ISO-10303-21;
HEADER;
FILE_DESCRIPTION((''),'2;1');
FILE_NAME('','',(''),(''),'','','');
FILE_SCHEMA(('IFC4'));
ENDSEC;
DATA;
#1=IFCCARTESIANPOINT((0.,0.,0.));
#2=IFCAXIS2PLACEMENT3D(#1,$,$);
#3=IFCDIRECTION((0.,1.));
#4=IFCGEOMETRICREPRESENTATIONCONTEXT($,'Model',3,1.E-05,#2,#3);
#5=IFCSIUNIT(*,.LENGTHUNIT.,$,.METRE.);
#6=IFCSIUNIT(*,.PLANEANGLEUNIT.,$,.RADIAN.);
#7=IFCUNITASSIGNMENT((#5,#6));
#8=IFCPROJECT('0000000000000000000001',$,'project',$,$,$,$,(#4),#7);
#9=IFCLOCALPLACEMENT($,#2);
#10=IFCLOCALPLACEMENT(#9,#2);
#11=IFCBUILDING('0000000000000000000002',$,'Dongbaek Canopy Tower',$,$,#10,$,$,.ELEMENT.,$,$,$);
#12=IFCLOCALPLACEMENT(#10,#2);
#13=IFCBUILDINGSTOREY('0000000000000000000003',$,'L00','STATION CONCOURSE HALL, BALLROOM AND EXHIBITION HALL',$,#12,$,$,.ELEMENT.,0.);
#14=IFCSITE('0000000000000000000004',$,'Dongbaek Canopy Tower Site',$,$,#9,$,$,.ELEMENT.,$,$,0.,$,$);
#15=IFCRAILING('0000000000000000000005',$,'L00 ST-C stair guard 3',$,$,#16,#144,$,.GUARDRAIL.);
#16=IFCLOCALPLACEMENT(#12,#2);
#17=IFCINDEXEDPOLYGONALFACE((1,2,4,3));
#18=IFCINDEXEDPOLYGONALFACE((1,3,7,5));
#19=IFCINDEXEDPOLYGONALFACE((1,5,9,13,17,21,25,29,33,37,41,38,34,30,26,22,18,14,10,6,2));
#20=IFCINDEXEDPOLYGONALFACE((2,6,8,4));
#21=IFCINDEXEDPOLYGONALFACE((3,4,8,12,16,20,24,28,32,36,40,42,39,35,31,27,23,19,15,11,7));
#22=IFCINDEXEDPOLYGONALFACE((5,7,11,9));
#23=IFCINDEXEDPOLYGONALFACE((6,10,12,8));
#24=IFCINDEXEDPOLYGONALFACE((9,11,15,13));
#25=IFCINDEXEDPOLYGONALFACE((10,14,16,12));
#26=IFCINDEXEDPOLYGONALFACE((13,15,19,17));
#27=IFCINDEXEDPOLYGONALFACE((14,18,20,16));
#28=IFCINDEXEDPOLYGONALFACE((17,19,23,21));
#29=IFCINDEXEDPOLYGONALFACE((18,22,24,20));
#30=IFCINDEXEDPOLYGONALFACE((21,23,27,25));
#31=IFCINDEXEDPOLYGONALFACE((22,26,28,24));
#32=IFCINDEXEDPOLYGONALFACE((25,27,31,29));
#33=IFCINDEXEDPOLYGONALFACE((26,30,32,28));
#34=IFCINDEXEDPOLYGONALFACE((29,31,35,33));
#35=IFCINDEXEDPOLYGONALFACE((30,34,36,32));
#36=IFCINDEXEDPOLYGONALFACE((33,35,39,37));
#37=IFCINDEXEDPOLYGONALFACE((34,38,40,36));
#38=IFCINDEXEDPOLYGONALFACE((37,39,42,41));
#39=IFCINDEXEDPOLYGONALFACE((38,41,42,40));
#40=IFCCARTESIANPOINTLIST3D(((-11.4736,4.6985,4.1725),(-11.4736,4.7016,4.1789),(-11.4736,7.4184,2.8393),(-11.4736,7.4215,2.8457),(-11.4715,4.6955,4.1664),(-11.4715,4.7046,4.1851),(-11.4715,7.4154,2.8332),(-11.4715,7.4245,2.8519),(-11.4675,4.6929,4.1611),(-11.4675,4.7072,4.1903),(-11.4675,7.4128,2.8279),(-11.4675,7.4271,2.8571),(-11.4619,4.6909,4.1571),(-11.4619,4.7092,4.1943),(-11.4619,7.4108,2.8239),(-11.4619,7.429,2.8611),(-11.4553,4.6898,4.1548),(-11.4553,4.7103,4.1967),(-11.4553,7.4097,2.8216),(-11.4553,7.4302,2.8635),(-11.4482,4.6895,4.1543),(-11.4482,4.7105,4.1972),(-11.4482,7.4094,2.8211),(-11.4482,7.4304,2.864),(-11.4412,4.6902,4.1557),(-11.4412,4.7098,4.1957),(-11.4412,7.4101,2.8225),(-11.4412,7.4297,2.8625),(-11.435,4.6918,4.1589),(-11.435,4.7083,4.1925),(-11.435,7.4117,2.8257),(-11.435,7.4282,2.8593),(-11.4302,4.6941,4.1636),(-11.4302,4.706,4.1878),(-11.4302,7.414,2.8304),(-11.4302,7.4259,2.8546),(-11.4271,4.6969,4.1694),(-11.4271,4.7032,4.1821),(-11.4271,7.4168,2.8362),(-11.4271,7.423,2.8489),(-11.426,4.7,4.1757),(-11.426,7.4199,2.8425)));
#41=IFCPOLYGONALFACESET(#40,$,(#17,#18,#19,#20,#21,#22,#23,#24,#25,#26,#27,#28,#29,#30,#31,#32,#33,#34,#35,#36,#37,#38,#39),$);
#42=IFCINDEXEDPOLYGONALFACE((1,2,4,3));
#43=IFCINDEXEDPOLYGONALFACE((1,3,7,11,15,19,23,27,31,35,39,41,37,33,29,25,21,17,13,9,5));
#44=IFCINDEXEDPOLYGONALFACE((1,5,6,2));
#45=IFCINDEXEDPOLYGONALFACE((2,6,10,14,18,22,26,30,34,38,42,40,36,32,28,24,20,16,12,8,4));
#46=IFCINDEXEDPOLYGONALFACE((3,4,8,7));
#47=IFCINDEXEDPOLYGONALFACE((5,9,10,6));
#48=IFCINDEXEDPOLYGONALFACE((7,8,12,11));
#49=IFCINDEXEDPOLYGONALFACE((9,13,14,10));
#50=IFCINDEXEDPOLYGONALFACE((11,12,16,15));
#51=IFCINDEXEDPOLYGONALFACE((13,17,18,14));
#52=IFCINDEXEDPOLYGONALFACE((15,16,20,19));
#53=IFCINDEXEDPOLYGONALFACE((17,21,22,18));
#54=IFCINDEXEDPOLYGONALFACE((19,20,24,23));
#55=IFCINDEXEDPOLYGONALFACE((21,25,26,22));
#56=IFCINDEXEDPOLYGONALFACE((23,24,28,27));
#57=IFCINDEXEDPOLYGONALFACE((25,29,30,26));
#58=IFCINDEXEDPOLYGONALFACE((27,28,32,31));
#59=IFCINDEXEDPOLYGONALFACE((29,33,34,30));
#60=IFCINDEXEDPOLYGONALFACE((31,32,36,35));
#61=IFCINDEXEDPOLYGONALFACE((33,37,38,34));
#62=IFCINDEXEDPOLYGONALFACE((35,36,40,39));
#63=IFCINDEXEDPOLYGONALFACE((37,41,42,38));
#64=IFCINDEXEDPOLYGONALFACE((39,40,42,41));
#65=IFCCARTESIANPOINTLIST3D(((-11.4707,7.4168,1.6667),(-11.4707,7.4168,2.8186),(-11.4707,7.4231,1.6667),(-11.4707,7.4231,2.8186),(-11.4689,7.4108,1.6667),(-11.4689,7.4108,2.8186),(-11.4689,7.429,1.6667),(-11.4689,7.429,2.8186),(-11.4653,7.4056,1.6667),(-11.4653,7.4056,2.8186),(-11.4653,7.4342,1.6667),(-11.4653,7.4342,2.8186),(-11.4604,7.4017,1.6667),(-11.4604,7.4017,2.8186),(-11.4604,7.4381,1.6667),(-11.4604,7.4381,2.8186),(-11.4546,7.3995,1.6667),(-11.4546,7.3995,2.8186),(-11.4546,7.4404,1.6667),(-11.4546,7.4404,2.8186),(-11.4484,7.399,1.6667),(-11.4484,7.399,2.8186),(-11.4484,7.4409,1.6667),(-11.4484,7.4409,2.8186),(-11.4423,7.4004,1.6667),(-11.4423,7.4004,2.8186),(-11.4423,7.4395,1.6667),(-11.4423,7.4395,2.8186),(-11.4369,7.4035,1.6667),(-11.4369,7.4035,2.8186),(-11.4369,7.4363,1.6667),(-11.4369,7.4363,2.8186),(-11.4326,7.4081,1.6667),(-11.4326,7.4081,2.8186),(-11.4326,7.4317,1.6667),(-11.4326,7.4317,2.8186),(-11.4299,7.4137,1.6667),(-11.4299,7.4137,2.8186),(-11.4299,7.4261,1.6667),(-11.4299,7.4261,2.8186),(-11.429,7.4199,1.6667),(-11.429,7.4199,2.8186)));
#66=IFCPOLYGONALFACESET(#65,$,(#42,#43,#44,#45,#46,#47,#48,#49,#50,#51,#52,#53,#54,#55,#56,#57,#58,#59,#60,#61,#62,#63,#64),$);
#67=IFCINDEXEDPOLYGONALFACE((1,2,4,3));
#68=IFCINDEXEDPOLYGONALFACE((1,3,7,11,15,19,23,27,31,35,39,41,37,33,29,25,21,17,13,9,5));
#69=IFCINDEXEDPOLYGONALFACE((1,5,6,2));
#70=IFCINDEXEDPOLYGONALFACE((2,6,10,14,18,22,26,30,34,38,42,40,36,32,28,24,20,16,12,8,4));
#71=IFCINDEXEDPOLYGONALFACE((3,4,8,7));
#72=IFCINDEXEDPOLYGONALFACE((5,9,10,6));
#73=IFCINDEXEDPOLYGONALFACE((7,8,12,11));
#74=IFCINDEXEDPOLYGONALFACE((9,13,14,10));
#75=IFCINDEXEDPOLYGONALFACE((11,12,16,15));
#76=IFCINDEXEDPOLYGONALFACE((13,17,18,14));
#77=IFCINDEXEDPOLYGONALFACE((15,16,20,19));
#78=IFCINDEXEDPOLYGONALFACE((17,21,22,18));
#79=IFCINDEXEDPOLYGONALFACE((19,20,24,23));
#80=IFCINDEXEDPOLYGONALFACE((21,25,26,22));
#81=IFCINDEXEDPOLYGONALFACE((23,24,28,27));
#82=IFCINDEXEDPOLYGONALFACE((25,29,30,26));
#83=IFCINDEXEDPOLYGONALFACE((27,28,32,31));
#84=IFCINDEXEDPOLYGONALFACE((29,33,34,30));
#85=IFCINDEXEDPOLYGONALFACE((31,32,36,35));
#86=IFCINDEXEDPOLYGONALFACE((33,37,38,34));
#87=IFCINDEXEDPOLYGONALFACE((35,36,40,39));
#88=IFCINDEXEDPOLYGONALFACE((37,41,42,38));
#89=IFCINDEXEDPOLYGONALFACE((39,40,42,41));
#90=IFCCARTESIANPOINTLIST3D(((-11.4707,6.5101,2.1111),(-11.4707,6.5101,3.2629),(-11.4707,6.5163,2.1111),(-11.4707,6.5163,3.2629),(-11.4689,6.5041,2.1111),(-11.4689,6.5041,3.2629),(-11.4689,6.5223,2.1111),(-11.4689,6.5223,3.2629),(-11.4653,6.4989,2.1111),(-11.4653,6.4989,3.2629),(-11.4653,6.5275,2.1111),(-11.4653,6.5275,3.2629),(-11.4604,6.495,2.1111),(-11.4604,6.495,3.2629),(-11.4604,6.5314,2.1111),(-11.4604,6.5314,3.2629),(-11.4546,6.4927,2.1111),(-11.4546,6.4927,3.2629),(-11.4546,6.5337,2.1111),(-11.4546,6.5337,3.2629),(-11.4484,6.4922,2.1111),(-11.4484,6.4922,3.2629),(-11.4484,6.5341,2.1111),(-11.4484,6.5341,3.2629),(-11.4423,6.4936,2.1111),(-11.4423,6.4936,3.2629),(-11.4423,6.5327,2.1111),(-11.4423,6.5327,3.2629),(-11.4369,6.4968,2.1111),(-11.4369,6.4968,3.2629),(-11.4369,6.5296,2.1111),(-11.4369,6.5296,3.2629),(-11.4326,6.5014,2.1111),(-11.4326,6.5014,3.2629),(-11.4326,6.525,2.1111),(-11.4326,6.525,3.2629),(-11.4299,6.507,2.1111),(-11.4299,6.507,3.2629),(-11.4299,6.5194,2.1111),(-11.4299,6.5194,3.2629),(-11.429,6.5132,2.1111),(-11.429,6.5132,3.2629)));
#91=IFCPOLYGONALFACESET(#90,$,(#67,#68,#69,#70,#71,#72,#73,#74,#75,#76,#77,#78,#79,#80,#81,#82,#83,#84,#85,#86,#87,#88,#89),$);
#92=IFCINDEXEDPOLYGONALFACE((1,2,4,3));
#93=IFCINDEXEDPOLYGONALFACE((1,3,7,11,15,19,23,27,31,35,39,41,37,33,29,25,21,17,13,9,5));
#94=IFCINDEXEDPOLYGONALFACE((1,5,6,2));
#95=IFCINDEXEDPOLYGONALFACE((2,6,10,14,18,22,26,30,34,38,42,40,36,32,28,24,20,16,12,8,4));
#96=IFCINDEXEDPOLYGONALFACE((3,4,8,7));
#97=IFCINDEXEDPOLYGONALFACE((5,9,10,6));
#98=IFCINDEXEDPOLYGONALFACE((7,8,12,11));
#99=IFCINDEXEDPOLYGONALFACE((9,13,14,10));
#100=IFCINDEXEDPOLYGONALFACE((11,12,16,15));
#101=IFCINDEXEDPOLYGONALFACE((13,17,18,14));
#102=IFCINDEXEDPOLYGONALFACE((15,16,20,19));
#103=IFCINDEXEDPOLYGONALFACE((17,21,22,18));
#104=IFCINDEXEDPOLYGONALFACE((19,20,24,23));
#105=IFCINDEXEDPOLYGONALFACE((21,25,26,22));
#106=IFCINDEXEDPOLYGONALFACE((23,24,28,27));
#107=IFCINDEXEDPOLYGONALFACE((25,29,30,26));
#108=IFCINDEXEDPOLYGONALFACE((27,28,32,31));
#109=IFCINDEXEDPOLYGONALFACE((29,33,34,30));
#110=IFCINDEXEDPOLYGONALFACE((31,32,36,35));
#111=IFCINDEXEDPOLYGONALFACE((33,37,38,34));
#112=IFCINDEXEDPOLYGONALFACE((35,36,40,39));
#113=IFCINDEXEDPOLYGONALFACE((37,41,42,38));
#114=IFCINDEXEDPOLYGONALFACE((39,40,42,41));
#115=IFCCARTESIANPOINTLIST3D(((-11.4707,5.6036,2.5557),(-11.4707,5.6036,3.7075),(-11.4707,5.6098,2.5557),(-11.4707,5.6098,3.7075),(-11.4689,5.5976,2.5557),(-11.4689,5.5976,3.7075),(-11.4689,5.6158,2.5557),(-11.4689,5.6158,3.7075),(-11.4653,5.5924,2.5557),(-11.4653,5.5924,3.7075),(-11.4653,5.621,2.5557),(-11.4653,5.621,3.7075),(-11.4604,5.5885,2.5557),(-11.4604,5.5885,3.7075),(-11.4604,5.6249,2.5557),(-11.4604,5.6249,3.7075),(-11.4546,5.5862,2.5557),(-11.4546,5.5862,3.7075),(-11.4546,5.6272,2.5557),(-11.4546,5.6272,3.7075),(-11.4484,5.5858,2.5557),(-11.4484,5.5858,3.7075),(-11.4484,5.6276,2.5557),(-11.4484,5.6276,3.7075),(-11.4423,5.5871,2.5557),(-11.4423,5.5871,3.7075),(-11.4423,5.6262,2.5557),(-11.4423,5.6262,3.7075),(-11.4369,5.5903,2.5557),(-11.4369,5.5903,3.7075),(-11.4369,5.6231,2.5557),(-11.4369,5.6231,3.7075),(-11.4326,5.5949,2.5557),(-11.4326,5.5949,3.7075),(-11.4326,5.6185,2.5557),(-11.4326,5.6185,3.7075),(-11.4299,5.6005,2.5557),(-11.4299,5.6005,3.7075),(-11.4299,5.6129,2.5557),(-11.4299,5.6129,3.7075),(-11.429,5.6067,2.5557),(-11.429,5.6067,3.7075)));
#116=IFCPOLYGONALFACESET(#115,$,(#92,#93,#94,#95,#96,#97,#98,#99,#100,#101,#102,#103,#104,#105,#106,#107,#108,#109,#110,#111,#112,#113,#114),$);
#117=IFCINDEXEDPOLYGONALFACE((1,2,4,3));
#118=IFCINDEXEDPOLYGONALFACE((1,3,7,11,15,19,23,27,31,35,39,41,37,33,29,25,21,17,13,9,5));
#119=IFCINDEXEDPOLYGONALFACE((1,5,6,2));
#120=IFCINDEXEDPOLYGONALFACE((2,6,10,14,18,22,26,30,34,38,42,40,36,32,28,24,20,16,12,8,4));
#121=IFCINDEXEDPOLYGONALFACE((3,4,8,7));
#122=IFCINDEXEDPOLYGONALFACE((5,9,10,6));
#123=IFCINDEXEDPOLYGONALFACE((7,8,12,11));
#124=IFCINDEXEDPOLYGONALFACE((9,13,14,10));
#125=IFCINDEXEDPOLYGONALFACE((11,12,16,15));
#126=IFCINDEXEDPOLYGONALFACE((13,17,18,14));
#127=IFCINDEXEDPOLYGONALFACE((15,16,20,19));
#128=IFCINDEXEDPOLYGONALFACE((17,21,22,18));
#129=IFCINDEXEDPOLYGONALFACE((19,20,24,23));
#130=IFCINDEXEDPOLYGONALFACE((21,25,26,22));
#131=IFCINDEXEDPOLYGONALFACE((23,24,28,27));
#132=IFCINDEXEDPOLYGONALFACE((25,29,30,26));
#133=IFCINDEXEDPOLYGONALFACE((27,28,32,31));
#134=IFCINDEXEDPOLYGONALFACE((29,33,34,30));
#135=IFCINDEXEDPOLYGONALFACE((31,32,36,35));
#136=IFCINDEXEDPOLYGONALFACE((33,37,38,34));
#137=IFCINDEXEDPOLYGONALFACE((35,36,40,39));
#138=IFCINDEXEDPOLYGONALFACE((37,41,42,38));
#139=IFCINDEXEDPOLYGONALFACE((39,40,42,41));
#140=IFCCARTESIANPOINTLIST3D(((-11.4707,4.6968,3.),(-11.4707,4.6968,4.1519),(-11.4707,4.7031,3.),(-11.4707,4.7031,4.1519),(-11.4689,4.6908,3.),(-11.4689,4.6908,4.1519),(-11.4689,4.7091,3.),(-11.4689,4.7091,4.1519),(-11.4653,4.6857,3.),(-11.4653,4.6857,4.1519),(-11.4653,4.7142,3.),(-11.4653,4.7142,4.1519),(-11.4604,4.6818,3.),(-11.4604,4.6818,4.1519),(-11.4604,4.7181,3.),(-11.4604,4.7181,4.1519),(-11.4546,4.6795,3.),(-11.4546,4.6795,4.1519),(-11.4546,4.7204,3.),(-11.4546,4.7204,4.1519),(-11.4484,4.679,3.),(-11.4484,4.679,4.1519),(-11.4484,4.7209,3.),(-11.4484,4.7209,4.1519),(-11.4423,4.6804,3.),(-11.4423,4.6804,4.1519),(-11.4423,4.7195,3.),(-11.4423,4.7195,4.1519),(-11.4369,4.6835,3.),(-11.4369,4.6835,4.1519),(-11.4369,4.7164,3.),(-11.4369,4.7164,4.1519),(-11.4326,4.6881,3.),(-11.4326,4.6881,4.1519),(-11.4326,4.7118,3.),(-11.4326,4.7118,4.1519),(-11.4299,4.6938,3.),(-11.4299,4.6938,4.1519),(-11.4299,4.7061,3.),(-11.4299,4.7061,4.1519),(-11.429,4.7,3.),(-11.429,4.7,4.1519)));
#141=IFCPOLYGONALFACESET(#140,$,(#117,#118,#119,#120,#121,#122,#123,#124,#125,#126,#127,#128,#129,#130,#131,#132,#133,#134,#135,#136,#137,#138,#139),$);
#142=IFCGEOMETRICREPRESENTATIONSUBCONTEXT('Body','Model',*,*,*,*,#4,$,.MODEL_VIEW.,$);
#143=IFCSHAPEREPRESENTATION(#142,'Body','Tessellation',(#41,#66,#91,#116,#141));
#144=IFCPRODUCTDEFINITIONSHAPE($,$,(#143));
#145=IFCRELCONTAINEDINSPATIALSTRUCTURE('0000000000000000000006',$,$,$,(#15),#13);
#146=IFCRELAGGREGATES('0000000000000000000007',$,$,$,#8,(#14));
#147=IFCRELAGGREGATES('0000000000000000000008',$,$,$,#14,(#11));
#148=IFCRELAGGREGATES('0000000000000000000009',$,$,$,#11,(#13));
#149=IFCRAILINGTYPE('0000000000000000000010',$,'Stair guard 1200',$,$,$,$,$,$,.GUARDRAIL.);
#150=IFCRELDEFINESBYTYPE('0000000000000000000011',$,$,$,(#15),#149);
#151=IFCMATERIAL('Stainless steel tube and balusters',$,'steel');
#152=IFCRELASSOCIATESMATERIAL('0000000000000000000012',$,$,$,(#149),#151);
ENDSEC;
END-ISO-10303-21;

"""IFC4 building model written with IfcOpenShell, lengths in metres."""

from ifc_helpers import new_model, si_unit, direction, frame, origin, origin_2d, place, context, subcontext, project, spatial, circle, extrude, material, type_object, element, save


model = new_model("IFC4")

# Units and contexts
model_context = context("Model", 3, precision=1e-05, world=origin(), true_north=direction((0.0, 1.0)))
body_context = subcontext(model_context, "Body", "Model", "MODEL_VIEW")
ifc_project = project(units=[si_unit("LENGTHUNIT", "METRE"), si_unit("PLANEANGLEUNIT", "RADIAN")], contexts=[model_context])

# Site, building, storey
site_placement = place(None, origin())
site = spatial("IfcSite", under=ifc_project, at=site_placement, Name="Dongbaek Canopy Tower Site", CompositionType="ELEMENT", RefElevation=0.0)
building_placement = place(site_placement, origin())
building = spatial("IfcBuilding", under=site, at=building_placement, Name="Dongbaek Canopy Tower", CompositionType="ELEMENT")
storey_placement = place(building_placement, origin())
storey = spatial("IfcBuildingStorey", under=building, at=storey_placement, Name="L00", Description="STATION CONCOURSE HALL, BALLROOM AND EXHIBITION HALL", CompositionType="ELEMENT", Elevation=0.0)

# Railing
ifc_material_1 = material(Name="Stainless steel tube and balusters", Category="steel")
railing_type_1 = type_object("IfcRailingType", Name="Stair guard 1200", PredefinedType="GUARDRAIL", material=ifc_material_1)
railing_1_placement = place(storey_placement, frame((-11.45, 7.4199, 1.6667)))
element("IfcRailing", 1, at=railing_1_placement, inside=storey, type_object=railing_type_1, Name="L00 ST-C stair guard 3", PredefinedType="GUARDRAIL", context=body_context, shape_type="SweptSolid", body=[
    extrude(circle(Radius=0.0239, at=origin_2d()), frame((0.0, 0.0, 1.1758), z_axis=(0.0, -0.897929, 0.440139), x_axis=(1.0, 0.0, 0.0)), (0.0, 0.0, 1.0), 3.0291),
    extrude(circle(Radius=0.021, at=origin_2d()), origin(), (0.0, 0.0, 1.0), 1.1519),
    extrude(circle(Radius=0.021, at=origin_2d()), frame((0.0, -0.9067, 0.4443)), (0.0, 0.0, 1.0), 1.1519),
    extrude(circle(Radius=0.021, at=origin_2d()), frame((0.0, -1.8132, 0.8889)), (0.0, 0.0, 1.0), 1.1519),
    extrude(circle(Radius=0.021, at=origin_2d()), frame((0.0, -2.72, 1.3333)), (0.0, 0.0, 1.0), 1.1519),
])

save(model, "model.ifc")
